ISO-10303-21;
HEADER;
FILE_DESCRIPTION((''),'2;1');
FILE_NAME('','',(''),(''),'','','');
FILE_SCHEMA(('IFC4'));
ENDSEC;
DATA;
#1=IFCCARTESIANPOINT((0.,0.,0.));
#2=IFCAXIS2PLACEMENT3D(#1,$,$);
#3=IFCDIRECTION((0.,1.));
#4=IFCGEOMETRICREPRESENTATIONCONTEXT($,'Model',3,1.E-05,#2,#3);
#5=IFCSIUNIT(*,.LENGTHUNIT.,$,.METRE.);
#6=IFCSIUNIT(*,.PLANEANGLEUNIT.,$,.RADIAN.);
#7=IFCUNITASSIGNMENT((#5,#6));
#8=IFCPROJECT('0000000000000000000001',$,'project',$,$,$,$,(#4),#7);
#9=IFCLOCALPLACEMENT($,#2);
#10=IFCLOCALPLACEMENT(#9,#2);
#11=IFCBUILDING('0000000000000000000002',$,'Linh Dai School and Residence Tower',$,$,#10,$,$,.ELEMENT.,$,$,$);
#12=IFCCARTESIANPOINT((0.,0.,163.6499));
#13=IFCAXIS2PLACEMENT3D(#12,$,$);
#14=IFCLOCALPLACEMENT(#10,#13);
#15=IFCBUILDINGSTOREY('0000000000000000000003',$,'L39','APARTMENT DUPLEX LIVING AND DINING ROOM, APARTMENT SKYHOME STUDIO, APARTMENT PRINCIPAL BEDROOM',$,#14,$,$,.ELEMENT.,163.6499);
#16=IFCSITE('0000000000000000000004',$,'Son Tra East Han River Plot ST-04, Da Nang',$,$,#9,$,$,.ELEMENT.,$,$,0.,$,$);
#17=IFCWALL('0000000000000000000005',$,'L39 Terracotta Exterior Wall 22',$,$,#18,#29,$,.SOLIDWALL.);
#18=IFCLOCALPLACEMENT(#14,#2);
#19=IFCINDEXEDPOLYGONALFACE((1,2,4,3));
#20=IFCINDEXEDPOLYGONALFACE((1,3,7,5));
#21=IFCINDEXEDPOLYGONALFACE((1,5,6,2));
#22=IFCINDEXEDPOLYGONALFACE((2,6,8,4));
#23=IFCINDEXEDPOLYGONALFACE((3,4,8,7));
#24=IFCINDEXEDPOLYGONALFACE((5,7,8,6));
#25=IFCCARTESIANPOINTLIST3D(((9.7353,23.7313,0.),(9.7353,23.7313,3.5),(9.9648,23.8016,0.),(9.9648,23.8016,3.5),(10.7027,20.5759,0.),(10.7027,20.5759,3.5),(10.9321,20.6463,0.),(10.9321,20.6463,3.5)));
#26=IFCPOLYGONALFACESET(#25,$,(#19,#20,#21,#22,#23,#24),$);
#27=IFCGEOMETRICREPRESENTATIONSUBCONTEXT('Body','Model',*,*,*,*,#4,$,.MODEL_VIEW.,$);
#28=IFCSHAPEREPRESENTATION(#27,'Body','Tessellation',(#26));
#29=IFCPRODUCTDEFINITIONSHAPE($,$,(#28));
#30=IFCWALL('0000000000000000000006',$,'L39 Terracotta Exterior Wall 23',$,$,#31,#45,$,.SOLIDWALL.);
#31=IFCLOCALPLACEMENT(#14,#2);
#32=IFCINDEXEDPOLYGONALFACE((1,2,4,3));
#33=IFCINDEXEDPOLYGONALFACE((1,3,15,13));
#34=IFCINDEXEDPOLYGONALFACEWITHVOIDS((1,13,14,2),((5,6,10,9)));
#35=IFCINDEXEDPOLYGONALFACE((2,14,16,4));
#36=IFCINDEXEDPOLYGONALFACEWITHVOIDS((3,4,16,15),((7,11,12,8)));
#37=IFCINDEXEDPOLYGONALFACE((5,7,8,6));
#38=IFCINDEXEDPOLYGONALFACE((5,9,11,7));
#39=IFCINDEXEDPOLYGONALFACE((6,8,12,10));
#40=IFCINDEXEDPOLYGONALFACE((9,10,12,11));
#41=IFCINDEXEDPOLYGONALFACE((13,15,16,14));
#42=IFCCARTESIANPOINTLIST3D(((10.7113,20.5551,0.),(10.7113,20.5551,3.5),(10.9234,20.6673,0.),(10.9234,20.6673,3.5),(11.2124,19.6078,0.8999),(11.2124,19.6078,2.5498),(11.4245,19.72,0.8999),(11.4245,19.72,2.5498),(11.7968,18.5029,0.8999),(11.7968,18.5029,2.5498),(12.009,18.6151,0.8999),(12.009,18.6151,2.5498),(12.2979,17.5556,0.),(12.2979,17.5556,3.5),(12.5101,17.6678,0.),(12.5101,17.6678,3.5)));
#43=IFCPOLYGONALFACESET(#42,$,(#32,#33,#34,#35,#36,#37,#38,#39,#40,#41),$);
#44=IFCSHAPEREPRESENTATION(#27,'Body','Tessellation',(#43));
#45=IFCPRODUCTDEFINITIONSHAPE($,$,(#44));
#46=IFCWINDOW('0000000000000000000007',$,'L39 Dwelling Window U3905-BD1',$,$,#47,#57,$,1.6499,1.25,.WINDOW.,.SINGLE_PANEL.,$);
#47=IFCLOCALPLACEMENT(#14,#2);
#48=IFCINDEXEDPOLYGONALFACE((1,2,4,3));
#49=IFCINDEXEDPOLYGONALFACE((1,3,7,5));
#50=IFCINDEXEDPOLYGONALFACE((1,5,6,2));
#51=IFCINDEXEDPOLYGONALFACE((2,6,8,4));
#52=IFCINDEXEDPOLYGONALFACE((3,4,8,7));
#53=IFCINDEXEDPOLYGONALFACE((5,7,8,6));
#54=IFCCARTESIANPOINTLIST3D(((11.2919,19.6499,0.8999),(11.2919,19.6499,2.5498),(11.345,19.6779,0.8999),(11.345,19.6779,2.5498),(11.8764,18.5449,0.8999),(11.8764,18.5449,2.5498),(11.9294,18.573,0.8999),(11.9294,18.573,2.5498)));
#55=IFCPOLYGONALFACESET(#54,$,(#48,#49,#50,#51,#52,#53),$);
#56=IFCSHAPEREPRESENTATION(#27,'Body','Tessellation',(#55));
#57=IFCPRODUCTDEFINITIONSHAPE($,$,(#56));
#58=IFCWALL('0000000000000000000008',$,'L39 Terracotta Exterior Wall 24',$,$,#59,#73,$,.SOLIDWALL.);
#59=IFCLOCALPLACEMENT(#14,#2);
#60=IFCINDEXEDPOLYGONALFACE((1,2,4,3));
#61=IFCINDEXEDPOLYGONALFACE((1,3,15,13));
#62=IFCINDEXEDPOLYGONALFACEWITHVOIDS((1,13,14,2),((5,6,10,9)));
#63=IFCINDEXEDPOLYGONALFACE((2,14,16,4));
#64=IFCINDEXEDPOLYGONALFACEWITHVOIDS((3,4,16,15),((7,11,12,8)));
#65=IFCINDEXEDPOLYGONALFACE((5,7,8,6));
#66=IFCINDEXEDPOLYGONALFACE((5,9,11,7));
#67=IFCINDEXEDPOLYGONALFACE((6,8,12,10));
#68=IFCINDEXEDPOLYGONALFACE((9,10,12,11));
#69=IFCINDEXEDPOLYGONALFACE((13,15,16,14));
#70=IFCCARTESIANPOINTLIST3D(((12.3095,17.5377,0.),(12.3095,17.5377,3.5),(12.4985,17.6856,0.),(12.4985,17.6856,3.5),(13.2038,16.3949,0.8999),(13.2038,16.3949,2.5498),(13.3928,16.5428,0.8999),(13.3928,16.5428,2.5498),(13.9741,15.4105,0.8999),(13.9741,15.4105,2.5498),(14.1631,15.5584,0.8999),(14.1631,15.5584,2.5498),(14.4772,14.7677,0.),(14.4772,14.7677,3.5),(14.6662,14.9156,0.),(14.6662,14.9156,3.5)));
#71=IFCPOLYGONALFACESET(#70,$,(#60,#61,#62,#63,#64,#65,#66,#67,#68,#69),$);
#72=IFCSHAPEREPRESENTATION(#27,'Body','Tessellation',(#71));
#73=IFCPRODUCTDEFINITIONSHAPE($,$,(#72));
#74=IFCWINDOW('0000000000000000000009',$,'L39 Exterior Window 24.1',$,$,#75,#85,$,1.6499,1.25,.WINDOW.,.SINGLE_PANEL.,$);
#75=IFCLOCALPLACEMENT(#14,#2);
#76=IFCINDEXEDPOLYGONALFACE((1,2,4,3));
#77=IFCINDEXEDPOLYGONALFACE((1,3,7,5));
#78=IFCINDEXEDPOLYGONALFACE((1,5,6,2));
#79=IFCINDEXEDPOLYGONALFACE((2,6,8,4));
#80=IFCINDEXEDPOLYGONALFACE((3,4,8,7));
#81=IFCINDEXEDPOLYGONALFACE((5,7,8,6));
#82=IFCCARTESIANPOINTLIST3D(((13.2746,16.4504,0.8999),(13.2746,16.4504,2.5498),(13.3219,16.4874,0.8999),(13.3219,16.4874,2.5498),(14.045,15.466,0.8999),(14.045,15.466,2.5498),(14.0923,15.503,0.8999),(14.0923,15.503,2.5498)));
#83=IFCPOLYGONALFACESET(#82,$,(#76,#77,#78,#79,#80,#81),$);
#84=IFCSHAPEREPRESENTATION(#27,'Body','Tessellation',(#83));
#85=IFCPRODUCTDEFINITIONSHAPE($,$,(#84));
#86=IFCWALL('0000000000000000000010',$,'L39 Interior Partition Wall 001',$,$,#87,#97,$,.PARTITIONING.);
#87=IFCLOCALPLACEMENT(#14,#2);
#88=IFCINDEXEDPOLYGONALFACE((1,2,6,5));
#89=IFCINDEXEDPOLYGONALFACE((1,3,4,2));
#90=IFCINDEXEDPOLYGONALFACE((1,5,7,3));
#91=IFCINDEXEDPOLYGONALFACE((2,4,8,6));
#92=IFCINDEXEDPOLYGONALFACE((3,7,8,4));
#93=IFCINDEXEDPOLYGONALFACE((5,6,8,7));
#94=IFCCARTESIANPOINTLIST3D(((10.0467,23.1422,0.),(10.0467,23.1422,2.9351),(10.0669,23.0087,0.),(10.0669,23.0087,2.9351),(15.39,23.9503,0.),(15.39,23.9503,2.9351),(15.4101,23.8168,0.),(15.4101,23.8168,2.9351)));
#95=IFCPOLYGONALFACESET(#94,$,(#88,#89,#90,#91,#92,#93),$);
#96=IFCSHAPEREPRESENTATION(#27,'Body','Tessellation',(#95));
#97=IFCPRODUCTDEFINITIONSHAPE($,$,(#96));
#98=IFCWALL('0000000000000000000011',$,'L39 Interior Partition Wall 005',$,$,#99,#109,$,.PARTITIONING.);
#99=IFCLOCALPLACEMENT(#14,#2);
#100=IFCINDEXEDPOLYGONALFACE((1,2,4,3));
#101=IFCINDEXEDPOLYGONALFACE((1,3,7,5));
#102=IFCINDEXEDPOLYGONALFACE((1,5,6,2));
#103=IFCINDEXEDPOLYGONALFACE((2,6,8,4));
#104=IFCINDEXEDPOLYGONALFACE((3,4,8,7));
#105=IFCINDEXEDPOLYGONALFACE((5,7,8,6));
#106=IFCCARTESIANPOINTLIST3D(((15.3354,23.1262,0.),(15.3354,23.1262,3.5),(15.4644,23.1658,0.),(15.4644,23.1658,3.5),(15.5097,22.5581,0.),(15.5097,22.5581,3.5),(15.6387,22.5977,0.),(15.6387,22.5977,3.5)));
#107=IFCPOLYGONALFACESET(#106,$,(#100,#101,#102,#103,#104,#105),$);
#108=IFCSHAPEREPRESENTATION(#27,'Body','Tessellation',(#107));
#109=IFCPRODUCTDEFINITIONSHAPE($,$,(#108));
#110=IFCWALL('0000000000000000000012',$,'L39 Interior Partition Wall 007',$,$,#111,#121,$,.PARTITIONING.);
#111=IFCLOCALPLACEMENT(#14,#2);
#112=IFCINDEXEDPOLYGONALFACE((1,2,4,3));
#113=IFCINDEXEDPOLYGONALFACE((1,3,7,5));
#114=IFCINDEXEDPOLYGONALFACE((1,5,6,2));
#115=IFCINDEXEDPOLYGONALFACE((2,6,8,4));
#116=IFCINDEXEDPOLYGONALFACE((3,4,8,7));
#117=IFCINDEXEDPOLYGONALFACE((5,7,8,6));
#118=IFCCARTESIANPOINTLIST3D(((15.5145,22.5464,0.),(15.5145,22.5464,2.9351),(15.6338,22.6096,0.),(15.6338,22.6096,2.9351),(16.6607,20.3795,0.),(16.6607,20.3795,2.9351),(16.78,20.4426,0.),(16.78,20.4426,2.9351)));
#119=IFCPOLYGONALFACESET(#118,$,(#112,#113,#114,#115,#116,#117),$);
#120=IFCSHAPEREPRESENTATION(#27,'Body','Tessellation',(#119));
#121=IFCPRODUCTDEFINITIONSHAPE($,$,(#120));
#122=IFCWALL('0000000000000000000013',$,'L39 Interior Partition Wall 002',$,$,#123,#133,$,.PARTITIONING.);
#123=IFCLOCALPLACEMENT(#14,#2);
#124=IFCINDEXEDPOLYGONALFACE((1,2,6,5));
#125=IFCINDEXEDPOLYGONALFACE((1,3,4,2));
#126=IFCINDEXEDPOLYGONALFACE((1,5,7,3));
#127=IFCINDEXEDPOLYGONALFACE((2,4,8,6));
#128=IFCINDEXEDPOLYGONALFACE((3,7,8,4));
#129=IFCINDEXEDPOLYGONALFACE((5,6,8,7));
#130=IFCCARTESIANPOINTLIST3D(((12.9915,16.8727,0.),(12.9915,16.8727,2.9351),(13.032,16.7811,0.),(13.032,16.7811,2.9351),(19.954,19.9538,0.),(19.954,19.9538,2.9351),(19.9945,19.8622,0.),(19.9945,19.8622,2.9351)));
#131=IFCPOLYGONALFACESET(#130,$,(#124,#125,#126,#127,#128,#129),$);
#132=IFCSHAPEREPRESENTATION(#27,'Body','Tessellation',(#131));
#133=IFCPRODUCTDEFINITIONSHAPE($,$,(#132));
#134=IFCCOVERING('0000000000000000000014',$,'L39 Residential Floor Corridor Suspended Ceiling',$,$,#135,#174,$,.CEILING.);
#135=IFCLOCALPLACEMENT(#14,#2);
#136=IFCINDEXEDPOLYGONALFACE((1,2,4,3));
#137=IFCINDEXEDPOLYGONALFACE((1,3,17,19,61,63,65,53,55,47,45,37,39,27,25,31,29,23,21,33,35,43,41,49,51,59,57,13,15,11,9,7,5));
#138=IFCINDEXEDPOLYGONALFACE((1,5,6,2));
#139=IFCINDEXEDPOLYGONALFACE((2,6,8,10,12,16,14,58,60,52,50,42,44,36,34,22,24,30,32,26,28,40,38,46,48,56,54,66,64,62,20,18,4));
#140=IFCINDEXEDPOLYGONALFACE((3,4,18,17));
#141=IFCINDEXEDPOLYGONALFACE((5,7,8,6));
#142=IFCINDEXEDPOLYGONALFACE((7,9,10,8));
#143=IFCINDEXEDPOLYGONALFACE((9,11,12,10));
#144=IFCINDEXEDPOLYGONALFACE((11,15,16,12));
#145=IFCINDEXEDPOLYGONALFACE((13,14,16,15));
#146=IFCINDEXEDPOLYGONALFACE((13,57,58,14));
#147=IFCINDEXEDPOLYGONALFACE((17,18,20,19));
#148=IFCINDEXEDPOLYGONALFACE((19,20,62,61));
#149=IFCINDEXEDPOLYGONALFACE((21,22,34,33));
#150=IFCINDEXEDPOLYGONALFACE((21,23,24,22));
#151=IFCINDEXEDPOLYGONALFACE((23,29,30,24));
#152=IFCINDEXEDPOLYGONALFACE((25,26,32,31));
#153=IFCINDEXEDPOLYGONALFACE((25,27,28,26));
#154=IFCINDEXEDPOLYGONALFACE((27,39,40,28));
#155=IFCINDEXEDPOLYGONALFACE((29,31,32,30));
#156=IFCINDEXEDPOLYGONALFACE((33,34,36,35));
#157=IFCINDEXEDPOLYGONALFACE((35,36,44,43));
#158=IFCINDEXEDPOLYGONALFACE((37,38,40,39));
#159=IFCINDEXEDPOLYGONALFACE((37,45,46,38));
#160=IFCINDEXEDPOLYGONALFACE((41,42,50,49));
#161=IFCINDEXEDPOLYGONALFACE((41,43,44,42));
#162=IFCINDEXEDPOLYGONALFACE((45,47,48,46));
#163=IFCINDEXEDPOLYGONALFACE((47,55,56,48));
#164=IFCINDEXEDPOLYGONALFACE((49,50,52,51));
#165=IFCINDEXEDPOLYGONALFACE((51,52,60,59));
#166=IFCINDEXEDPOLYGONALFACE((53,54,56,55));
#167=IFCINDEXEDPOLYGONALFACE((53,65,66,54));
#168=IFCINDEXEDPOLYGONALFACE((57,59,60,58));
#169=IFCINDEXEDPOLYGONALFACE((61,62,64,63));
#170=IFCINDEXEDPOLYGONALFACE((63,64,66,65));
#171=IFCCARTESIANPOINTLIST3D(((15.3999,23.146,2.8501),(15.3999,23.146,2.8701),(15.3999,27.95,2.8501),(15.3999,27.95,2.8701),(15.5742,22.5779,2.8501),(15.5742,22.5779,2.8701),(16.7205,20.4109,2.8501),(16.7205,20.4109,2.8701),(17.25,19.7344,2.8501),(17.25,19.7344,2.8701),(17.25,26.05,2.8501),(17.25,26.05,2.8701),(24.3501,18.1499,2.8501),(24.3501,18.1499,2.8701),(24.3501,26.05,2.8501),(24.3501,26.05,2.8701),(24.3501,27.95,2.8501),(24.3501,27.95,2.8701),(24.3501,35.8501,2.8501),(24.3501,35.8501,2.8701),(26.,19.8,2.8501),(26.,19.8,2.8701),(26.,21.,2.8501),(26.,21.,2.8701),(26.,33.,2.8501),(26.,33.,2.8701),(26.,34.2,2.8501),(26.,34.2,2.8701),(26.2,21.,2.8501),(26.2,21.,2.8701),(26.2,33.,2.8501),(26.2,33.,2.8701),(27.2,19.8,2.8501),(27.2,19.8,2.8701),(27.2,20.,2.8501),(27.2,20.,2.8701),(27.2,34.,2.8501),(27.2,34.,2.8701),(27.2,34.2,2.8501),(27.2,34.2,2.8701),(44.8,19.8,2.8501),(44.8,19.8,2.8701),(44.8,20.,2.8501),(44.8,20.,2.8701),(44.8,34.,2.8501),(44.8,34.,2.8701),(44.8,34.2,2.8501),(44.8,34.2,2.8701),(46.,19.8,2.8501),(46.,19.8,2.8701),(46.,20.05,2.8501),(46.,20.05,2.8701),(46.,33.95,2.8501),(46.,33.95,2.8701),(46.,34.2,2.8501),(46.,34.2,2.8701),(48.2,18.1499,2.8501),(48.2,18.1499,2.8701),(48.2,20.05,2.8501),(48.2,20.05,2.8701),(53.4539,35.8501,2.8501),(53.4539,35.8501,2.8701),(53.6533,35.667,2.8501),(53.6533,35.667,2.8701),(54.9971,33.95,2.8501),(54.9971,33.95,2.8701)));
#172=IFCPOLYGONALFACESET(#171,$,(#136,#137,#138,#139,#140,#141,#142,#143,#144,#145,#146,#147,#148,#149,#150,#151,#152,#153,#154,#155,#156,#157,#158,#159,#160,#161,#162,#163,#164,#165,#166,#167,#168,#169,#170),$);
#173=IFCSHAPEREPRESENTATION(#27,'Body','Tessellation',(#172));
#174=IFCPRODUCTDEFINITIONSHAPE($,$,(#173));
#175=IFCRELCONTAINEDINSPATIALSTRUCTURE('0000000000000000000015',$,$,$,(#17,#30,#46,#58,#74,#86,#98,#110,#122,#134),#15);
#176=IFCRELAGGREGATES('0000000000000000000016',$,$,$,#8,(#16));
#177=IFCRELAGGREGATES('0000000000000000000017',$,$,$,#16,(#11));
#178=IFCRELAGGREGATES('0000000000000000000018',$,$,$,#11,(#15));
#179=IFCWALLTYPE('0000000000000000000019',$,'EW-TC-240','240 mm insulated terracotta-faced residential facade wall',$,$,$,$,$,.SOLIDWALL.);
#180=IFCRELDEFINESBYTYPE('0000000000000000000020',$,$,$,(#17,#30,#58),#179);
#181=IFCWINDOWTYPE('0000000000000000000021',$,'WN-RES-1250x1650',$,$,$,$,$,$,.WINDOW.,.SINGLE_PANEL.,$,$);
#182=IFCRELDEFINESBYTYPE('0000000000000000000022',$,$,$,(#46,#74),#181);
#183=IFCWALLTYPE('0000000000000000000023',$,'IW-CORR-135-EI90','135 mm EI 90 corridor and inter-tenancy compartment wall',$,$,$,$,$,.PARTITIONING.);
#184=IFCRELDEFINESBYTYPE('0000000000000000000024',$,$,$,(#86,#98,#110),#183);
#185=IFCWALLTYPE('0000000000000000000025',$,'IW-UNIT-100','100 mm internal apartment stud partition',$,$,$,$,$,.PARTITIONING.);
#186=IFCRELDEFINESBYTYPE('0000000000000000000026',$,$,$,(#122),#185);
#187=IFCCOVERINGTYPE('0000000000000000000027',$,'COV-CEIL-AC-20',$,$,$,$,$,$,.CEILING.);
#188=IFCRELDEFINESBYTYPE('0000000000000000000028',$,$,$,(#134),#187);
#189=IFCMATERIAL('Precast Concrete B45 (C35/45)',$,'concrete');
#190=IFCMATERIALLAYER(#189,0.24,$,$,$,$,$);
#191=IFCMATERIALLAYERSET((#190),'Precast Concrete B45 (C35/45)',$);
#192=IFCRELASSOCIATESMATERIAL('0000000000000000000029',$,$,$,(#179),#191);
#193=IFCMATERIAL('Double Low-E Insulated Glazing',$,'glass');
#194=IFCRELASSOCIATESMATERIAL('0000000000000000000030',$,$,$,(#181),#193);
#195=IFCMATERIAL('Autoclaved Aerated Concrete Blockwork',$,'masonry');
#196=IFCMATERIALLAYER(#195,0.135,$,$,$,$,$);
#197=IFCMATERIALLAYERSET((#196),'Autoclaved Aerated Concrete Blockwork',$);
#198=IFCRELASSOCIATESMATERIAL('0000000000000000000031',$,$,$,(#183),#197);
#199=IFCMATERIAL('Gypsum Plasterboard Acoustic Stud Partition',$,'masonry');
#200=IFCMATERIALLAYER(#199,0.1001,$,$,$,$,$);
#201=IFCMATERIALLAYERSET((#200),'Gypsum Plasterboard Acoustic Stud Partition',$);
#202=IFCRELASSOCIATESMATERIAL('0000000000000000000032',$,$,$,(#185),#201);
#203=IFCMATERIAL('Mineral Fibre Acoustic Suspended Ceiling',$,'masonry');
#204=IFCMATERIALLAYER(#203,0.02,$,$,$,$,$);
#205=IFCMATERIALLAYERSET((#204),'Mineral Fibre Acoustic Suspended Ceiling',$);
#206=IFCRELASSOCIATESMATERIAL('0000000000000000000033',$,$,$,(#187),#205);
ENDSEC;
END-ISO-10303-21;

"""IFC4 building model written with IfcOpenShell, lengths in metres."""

from ifc_helpers import new_model, si_unit, direction, frame, frame_2d, origin, origin_2d, place, context, subcontext, project, spatial, polyline, rectangle, outline, extrude, source, transform, mapped, material, layer, layer_set, type_object, element, fill, save


model = new_model("IFC4")

# Units and contexts
model_context = context("Model", 3, precision=1e-05, world=origin(), true_north=direction((0.0, 1.0)))
body_context = subcontext(model_context, "Body", "Model", "MODEL_VIEW")
ifc_project = project(units=[si_unit("LENGTHUNIT", "METRE"), si_unit("PLANEANGLEUNIT", "RADIAN")], contexts=[model_context])

# Site, building, storey
site_placement = place(None, origin())
site = spatial("IfcSite", under=ifc_project, at=site_placement, Name="Son Tra East Han River Plot ST-04, Da Nang", CompositionType="ELEMENT", RefElevation=0.0)
building_placement = place(site_placement, origin())
building = spatial("IfcBuilding", under=site, at=building_placement, Name="Linh Dai School and Residence Tower", CompositionType="ELEMENT")
storey_placement = place(building_placement, frame((0.0, 0.0, 163.6499)))
storey = spatial("IfcBuildingStorey", under=building, at=storey_placement, Name="L39", Description="APARTMENT DUPLEX LIVING AND DINING ROOM, APARTMENT SKYHOME STUDIO, APARTMENT PRINCIPAL BEDROOM", CompositionType="ELEMENT", Elevation=163.6499)

# Shared definitions
ifc_material_1 = material(Name="Precast Concrete B45 (C35/45)", Category="concrete")

# Wall
ifc_layer_1 = layer(ifc_material_1, 0.24)
ifc_layer_set_1 = layer_set([ifc_layer_1], Name="Precast Concrete B45 (C35/45)")
wall_type_1 = type_object("IfcWallType", Name="EW-TC-240", Description="240 mm insulated terracotta-faced residential facade wall", PredefinedType="SOLIDWALL", material=ifc_layer_set_1)
wall_1_placement = place(storey_placement, frame((10.8174, 20.6111, 0.0), z_axis=(0.0, 0.0, 1.0), x_axis=(-0.293098, 0.956082, 0.0)))
element("IfcWall", 1, at=wall_1_placement, inside=storey, type_object=wall_type_1, Name="L39 Terracotta Exterior Wall 22", PredefinedType="SOLIDWALL", context=body_context, shape_type="SweptSolid", body=[
    extrude(rectangle(XDim=3.3003, YDim=0.24, at=frame_2d((1.6501, 0.0))), origin(), (0.0, 0.0, 1.0), 3.5),
])

# Walls, openings, windows
wall_2_placement = place(storey_placement, frame((12.4041, 17.6116, 0.0), z_axis=(0.0, 0.0, 1.0), x_axis=(-0.467587, 0.883947, 0.0)))
wall_2 = element("IfcWall", 2, at=wall_2_placement, inside=storey, type_object=wall_type_1, Name="L39 Terracotta Exterior Wall 23", PredefinedType="SOLIDWALL", context=body_context, shape_type="SweptSolid", body=[
    extrude(rectangle(XDim=3.3933, YDim=0.24, at=frame_2d((1.6968, 0.0))), origin(), (0.0, 0.0, 1.0), 3.5),
])
opening_1_placement = place(wall_2_placement, frame((1.0718, 0.0, 0.8999)))
opening_1 = element("IfcOpeningElement", 3, at=opening_1_placement, cuts=wall_2, PredefinedType="OPENING", context=body_context, shape_type="SweptSolid", body=[
    extrude(rectangle(XDim=1.25, YDim=1.6499, at=origin_2d()), frame((0.625, 0.1299, 0.825), z_axis=(0.0, -1.0, 0.0), x_axis=(1.0, 0.0, 0.0)), (0.0, 0.0, 1.0), 0.26),
])
ifc_material_2 = material(Name="Double Low-E Insulated Glazing", Category="glass")
window_type = type_object("IfcWindowType", Name="WN-RES-1250x1650", PartitioningType="SINGLE_PANEL", PredefinedType="WINDOW", material=ifc_material_2)
shared_shape_1 = source(origin(), body_context, "Body", "SweptSolid", [
    extrude(rectangle(XDim=1.25, YDim=1.6499, at=origin_2d()), frame((0.625, 0.03, 0.825), z_axis=(0.0, -1.0, 0.0), x_axis=(1.0, 0.0, 0.0)), (0.0, 0.0, 1.0), 0.0601),
])
window_1_placement = place(opening_1_placement, origin())
window_1 = element("IfcWindow", 4, at=window_1_placement, inside=storey, type_object=window_type, Name="L39 Dwelling Window U3905-BD1", OverallHeight=1.6499, OverallWidth=1.25, PartitioningType="SINGLE_PANEL", PredefinedType="WINDOW", context=body_context, shape_type="MappedRepresentation", body=[
    mapped(shared_shape_1, transform((0.0, 0.0, 0.0), x_axis=(1.0, 0.0, 0.0), y_axis=(0.0, 1.0, 0.0), z_axis=(0.0, 0.0, 1.0), scale=1.0)),
])
fill(opening_1, window_1)
wall_3_placement = place(storey_placement, frame((14.5718, 14.8416, 0.0), z_axis=(0.0, 0.0, 1.0), x_axis=(-0.616288, 0.787521, 0.0)))
wall_3 = element("IfcWall", 5, at=wall_3_placement, inside=storey, type_object=wall_type_1, Name="L39 Terracotta Exterior Wall 24", PredefinedType="SOLIDWALL", context=body_context, shape_type="SweptSolid", body=[
    extrude(rectangle(XDim=3.5173, YDim=0.24, at=frame_2d((1.7588, 0.0))), origin(), (0.0, 0.0, 1.0), 3.5),
])
opening_2_placement = place(wall_3_placement, frame((0.8164, 0.0, 0.8999)))
opening_2 = element("IfcOpeningElement", 6, at=opening_2_placement, cuts=wall_3, PredefinedType="OPENING", context=body_context, shape_type="SweptSolid", body=[
    extrude(rectangle(XDim=1.25, YDim=1.6499, at=origin_2d()), frame((0.625, 0.1299, 0.825), z_axis=(0.0, -1.0, 0.0), x_axis=(1.0, 0.0, 0.0)), (0.0, 0.0, 1.0), 0.26),
])
window_2_placement = place(opening_2_placement, origin())
window_2 = element("IfcWindow", 7, at=window_2_placement, inside=storey, type_object=window_type, Name="L39 Exterior Window 24.1", OverallHeight=1.6499, OverallWidth=1.25, PartitioningType="SINGLE_PANEL", PredefinedType="WINDOW", context=body_context, shape_type="MappedRepresentation", body=[
    mapped(shared_shape_1, transform((0.0, 0.0, 0.0), x_axis=(1.0, 0.0, 0.0), y_axis=(0.0, 1.0, 0.0), z_axis=(0.0, 0.0, 1.0), scale=1.0)),
])
fill(opening_2, window_2)

# Wall
ifc_material_3 = material(Name="Autoclaved Aerated Concrete Blockwork", Category="masonry")
ifc_layer_2 = layer(ifc_material_3, 0.135)
ifc_layer_set_2 = layer_set([ifc_layer_2], Name="Autoclaved Aerated Concrete Blockwork")
wall_type_2 = type_object("IfcWallType", Name="IW-CORR-135-EI90", Description="135 mm EI 90 corridor and inter-tenancy compartment wall", PredefinedType="PARTITIONING", material=ifc_layer_set_2)
wall_4_placement = place(storey_placement, frame((10.0566, 23.0754, 0.0), z_axis=(0.0, 0.0, 1.0), x_axis=(0.988756, 0.149538, 0.0)))
element("IfcWall", 8, at=wall_4_placement, inside=storey, type_object=wall_type_2, Name="L39 Interior Partition Wall 001", PredefinedType="PARTITIONING", context=body_context, shape_type="SweptSolid", body=[
    extrude(rectangle(XDim=5.4041, YDim=0.135, at=frame_2d((2.7021, 0.0))), origin(), (0.0, 0.0, 1.0), 2.9351),
])

# Walls
wall_5_placement = place(storey_placement, frame((15.3999, 23.146, 0.0), z_axis=(0.0, 0.0, 1.0), x_axis=(0.293335, -0.95601, 0.0)))
element("IfcWall", 9, at=wall_5_placement, inside=storey, type_object=wall_type_2, Name="L39 Interior Partition Wall 005", PredefinedType="PARTITIONING", context=body_context, shape_type="SweptSolid", body=[
    extrude(rectangle(XDim=0.5942, YDim=0.135, at=frame_2d((0.2971, 0.0))), origin(), (0.0, 0.0, 1.0), 3.5),
])
wall_6_placement = place(storey_placement, frame((15.5742, 22.5779, 0.0), z_axis=(0.0, 0.0, 1.0), x_axis=(0.467572, -0.883955, 0.0)))
element("IfcWall", 10, at=wall_6_placement, inside=storey, type_object=wall_type_2, Name="L39 Interior Partition Wall 007", PredefinedType="PARTITIONING", context=body_context, shape_type="SweptSolid", body=[
    extrude(rectangle(XDim=2.4514, YDim=0.135, at=frame_2d((1.2256, 0.0))), origin(), (0.0, 0.0, 1.0), 2.9351),
])
ifc_material_4 = material(Name="Gypsum Plasterboard Acoustic Stud Partition", Category="masonry")
ifc_layer_3 = layer(ifc_material_4, 0.1001)
ifc_layer_set_3 = layer_set([ifc_layer_3], Name="Gypsum Plasterboard Acoustic Stud Partition")
wall_type_3 = type_object("IfcWallType", Name="IW-UNIT-100", Description="100 mm internal apartment stud partition", PredefinedType="PARTITIONING", material=ifc_layer_set_3)
wall_7_placement = place(storey_placement, frame((13.0117, 16.8269, 0.0), z_axis=(0.0, 0.0, 1.0), x_axis=(0.914461, 0.404674, 0.0)))
element("IfcWall", 11, at=wall_7_placement, inside=storey, type_object=wall_type_3, Name="L39 Interior Partition Wall 002", PredefinedType="PARTITIONING", context=body_context, shape_type="SweptSolid", body=[
    extrude(rectangle(XDim=7.6138, YDim=0.1001, at=frame_2d((3.8069, 0.0))), origin(), (0.0, 0.0, 1.0), 2.9351),
])

# Covering
ifc_material_5 = material(Name="Mineral Fibre Acoustic Suspended Ceiling", Category="masonry")
ifc_layer_4 = layer(ifc_material_5, 0.02)
ifc_layer_set_4 = layer_set([ifc_layer_4], Name="Mineral Fibre Acoustic Suspended Ceiling")
covering_type_1 = type_object("IfcCoveringType", Name="COV-CEIL-AC-20", PredefinedType="CEILING", material=ifc_layer_set_4)
covering_1_placement = place(storey_placement, frame((0.0, 0.0, 2.8501)))
element("IfcCovering", 12, at=covering_1_placement, inside=storey, type_object=covering_type_1, Name="L39 Residential Floor Corridor Suspended Ceiling", PredefinedType="CEILING", context=body_context, shape_type="SweptSolid", body=[
    extrude(outline(polyline([(17.25, 19.7344), (16.7205, 20.4109), (15.5742, 22.5779), (15.3999, 23.146), (15.3999, 27.95), (24.3501, 27.95), (24.3501, 35.8501), (53.4539, 35.8501), (53.6533, 35.667), (54.9971, 33.95), (46.0, 33.95), (46.0, 34.2), (44.8, 34.2), (44.8, 34.0), (27.2, 34.0), (27.2, 34.2), (26.0, 34.2), (26.0, 33.0), (26.2, 33.0), (26.2, 21.0), (26.0, 21.0), (26.0, 19.8), (27.2, 19.8), (27.2, 20.0), (44.8, 20.0), (44.8, 19.8), (46.0, 19.8), (46.0, 20.05), (48.2, 20.05), (48.2, 18.1499), (24.3501, 18.1499), (24.3501, 26.05), (17.25, 26.05), (17.25, 19.7344)])), origin(), (0.0, 0.0, 1.0), 0.02),
])

save(model, "model.ifc")
